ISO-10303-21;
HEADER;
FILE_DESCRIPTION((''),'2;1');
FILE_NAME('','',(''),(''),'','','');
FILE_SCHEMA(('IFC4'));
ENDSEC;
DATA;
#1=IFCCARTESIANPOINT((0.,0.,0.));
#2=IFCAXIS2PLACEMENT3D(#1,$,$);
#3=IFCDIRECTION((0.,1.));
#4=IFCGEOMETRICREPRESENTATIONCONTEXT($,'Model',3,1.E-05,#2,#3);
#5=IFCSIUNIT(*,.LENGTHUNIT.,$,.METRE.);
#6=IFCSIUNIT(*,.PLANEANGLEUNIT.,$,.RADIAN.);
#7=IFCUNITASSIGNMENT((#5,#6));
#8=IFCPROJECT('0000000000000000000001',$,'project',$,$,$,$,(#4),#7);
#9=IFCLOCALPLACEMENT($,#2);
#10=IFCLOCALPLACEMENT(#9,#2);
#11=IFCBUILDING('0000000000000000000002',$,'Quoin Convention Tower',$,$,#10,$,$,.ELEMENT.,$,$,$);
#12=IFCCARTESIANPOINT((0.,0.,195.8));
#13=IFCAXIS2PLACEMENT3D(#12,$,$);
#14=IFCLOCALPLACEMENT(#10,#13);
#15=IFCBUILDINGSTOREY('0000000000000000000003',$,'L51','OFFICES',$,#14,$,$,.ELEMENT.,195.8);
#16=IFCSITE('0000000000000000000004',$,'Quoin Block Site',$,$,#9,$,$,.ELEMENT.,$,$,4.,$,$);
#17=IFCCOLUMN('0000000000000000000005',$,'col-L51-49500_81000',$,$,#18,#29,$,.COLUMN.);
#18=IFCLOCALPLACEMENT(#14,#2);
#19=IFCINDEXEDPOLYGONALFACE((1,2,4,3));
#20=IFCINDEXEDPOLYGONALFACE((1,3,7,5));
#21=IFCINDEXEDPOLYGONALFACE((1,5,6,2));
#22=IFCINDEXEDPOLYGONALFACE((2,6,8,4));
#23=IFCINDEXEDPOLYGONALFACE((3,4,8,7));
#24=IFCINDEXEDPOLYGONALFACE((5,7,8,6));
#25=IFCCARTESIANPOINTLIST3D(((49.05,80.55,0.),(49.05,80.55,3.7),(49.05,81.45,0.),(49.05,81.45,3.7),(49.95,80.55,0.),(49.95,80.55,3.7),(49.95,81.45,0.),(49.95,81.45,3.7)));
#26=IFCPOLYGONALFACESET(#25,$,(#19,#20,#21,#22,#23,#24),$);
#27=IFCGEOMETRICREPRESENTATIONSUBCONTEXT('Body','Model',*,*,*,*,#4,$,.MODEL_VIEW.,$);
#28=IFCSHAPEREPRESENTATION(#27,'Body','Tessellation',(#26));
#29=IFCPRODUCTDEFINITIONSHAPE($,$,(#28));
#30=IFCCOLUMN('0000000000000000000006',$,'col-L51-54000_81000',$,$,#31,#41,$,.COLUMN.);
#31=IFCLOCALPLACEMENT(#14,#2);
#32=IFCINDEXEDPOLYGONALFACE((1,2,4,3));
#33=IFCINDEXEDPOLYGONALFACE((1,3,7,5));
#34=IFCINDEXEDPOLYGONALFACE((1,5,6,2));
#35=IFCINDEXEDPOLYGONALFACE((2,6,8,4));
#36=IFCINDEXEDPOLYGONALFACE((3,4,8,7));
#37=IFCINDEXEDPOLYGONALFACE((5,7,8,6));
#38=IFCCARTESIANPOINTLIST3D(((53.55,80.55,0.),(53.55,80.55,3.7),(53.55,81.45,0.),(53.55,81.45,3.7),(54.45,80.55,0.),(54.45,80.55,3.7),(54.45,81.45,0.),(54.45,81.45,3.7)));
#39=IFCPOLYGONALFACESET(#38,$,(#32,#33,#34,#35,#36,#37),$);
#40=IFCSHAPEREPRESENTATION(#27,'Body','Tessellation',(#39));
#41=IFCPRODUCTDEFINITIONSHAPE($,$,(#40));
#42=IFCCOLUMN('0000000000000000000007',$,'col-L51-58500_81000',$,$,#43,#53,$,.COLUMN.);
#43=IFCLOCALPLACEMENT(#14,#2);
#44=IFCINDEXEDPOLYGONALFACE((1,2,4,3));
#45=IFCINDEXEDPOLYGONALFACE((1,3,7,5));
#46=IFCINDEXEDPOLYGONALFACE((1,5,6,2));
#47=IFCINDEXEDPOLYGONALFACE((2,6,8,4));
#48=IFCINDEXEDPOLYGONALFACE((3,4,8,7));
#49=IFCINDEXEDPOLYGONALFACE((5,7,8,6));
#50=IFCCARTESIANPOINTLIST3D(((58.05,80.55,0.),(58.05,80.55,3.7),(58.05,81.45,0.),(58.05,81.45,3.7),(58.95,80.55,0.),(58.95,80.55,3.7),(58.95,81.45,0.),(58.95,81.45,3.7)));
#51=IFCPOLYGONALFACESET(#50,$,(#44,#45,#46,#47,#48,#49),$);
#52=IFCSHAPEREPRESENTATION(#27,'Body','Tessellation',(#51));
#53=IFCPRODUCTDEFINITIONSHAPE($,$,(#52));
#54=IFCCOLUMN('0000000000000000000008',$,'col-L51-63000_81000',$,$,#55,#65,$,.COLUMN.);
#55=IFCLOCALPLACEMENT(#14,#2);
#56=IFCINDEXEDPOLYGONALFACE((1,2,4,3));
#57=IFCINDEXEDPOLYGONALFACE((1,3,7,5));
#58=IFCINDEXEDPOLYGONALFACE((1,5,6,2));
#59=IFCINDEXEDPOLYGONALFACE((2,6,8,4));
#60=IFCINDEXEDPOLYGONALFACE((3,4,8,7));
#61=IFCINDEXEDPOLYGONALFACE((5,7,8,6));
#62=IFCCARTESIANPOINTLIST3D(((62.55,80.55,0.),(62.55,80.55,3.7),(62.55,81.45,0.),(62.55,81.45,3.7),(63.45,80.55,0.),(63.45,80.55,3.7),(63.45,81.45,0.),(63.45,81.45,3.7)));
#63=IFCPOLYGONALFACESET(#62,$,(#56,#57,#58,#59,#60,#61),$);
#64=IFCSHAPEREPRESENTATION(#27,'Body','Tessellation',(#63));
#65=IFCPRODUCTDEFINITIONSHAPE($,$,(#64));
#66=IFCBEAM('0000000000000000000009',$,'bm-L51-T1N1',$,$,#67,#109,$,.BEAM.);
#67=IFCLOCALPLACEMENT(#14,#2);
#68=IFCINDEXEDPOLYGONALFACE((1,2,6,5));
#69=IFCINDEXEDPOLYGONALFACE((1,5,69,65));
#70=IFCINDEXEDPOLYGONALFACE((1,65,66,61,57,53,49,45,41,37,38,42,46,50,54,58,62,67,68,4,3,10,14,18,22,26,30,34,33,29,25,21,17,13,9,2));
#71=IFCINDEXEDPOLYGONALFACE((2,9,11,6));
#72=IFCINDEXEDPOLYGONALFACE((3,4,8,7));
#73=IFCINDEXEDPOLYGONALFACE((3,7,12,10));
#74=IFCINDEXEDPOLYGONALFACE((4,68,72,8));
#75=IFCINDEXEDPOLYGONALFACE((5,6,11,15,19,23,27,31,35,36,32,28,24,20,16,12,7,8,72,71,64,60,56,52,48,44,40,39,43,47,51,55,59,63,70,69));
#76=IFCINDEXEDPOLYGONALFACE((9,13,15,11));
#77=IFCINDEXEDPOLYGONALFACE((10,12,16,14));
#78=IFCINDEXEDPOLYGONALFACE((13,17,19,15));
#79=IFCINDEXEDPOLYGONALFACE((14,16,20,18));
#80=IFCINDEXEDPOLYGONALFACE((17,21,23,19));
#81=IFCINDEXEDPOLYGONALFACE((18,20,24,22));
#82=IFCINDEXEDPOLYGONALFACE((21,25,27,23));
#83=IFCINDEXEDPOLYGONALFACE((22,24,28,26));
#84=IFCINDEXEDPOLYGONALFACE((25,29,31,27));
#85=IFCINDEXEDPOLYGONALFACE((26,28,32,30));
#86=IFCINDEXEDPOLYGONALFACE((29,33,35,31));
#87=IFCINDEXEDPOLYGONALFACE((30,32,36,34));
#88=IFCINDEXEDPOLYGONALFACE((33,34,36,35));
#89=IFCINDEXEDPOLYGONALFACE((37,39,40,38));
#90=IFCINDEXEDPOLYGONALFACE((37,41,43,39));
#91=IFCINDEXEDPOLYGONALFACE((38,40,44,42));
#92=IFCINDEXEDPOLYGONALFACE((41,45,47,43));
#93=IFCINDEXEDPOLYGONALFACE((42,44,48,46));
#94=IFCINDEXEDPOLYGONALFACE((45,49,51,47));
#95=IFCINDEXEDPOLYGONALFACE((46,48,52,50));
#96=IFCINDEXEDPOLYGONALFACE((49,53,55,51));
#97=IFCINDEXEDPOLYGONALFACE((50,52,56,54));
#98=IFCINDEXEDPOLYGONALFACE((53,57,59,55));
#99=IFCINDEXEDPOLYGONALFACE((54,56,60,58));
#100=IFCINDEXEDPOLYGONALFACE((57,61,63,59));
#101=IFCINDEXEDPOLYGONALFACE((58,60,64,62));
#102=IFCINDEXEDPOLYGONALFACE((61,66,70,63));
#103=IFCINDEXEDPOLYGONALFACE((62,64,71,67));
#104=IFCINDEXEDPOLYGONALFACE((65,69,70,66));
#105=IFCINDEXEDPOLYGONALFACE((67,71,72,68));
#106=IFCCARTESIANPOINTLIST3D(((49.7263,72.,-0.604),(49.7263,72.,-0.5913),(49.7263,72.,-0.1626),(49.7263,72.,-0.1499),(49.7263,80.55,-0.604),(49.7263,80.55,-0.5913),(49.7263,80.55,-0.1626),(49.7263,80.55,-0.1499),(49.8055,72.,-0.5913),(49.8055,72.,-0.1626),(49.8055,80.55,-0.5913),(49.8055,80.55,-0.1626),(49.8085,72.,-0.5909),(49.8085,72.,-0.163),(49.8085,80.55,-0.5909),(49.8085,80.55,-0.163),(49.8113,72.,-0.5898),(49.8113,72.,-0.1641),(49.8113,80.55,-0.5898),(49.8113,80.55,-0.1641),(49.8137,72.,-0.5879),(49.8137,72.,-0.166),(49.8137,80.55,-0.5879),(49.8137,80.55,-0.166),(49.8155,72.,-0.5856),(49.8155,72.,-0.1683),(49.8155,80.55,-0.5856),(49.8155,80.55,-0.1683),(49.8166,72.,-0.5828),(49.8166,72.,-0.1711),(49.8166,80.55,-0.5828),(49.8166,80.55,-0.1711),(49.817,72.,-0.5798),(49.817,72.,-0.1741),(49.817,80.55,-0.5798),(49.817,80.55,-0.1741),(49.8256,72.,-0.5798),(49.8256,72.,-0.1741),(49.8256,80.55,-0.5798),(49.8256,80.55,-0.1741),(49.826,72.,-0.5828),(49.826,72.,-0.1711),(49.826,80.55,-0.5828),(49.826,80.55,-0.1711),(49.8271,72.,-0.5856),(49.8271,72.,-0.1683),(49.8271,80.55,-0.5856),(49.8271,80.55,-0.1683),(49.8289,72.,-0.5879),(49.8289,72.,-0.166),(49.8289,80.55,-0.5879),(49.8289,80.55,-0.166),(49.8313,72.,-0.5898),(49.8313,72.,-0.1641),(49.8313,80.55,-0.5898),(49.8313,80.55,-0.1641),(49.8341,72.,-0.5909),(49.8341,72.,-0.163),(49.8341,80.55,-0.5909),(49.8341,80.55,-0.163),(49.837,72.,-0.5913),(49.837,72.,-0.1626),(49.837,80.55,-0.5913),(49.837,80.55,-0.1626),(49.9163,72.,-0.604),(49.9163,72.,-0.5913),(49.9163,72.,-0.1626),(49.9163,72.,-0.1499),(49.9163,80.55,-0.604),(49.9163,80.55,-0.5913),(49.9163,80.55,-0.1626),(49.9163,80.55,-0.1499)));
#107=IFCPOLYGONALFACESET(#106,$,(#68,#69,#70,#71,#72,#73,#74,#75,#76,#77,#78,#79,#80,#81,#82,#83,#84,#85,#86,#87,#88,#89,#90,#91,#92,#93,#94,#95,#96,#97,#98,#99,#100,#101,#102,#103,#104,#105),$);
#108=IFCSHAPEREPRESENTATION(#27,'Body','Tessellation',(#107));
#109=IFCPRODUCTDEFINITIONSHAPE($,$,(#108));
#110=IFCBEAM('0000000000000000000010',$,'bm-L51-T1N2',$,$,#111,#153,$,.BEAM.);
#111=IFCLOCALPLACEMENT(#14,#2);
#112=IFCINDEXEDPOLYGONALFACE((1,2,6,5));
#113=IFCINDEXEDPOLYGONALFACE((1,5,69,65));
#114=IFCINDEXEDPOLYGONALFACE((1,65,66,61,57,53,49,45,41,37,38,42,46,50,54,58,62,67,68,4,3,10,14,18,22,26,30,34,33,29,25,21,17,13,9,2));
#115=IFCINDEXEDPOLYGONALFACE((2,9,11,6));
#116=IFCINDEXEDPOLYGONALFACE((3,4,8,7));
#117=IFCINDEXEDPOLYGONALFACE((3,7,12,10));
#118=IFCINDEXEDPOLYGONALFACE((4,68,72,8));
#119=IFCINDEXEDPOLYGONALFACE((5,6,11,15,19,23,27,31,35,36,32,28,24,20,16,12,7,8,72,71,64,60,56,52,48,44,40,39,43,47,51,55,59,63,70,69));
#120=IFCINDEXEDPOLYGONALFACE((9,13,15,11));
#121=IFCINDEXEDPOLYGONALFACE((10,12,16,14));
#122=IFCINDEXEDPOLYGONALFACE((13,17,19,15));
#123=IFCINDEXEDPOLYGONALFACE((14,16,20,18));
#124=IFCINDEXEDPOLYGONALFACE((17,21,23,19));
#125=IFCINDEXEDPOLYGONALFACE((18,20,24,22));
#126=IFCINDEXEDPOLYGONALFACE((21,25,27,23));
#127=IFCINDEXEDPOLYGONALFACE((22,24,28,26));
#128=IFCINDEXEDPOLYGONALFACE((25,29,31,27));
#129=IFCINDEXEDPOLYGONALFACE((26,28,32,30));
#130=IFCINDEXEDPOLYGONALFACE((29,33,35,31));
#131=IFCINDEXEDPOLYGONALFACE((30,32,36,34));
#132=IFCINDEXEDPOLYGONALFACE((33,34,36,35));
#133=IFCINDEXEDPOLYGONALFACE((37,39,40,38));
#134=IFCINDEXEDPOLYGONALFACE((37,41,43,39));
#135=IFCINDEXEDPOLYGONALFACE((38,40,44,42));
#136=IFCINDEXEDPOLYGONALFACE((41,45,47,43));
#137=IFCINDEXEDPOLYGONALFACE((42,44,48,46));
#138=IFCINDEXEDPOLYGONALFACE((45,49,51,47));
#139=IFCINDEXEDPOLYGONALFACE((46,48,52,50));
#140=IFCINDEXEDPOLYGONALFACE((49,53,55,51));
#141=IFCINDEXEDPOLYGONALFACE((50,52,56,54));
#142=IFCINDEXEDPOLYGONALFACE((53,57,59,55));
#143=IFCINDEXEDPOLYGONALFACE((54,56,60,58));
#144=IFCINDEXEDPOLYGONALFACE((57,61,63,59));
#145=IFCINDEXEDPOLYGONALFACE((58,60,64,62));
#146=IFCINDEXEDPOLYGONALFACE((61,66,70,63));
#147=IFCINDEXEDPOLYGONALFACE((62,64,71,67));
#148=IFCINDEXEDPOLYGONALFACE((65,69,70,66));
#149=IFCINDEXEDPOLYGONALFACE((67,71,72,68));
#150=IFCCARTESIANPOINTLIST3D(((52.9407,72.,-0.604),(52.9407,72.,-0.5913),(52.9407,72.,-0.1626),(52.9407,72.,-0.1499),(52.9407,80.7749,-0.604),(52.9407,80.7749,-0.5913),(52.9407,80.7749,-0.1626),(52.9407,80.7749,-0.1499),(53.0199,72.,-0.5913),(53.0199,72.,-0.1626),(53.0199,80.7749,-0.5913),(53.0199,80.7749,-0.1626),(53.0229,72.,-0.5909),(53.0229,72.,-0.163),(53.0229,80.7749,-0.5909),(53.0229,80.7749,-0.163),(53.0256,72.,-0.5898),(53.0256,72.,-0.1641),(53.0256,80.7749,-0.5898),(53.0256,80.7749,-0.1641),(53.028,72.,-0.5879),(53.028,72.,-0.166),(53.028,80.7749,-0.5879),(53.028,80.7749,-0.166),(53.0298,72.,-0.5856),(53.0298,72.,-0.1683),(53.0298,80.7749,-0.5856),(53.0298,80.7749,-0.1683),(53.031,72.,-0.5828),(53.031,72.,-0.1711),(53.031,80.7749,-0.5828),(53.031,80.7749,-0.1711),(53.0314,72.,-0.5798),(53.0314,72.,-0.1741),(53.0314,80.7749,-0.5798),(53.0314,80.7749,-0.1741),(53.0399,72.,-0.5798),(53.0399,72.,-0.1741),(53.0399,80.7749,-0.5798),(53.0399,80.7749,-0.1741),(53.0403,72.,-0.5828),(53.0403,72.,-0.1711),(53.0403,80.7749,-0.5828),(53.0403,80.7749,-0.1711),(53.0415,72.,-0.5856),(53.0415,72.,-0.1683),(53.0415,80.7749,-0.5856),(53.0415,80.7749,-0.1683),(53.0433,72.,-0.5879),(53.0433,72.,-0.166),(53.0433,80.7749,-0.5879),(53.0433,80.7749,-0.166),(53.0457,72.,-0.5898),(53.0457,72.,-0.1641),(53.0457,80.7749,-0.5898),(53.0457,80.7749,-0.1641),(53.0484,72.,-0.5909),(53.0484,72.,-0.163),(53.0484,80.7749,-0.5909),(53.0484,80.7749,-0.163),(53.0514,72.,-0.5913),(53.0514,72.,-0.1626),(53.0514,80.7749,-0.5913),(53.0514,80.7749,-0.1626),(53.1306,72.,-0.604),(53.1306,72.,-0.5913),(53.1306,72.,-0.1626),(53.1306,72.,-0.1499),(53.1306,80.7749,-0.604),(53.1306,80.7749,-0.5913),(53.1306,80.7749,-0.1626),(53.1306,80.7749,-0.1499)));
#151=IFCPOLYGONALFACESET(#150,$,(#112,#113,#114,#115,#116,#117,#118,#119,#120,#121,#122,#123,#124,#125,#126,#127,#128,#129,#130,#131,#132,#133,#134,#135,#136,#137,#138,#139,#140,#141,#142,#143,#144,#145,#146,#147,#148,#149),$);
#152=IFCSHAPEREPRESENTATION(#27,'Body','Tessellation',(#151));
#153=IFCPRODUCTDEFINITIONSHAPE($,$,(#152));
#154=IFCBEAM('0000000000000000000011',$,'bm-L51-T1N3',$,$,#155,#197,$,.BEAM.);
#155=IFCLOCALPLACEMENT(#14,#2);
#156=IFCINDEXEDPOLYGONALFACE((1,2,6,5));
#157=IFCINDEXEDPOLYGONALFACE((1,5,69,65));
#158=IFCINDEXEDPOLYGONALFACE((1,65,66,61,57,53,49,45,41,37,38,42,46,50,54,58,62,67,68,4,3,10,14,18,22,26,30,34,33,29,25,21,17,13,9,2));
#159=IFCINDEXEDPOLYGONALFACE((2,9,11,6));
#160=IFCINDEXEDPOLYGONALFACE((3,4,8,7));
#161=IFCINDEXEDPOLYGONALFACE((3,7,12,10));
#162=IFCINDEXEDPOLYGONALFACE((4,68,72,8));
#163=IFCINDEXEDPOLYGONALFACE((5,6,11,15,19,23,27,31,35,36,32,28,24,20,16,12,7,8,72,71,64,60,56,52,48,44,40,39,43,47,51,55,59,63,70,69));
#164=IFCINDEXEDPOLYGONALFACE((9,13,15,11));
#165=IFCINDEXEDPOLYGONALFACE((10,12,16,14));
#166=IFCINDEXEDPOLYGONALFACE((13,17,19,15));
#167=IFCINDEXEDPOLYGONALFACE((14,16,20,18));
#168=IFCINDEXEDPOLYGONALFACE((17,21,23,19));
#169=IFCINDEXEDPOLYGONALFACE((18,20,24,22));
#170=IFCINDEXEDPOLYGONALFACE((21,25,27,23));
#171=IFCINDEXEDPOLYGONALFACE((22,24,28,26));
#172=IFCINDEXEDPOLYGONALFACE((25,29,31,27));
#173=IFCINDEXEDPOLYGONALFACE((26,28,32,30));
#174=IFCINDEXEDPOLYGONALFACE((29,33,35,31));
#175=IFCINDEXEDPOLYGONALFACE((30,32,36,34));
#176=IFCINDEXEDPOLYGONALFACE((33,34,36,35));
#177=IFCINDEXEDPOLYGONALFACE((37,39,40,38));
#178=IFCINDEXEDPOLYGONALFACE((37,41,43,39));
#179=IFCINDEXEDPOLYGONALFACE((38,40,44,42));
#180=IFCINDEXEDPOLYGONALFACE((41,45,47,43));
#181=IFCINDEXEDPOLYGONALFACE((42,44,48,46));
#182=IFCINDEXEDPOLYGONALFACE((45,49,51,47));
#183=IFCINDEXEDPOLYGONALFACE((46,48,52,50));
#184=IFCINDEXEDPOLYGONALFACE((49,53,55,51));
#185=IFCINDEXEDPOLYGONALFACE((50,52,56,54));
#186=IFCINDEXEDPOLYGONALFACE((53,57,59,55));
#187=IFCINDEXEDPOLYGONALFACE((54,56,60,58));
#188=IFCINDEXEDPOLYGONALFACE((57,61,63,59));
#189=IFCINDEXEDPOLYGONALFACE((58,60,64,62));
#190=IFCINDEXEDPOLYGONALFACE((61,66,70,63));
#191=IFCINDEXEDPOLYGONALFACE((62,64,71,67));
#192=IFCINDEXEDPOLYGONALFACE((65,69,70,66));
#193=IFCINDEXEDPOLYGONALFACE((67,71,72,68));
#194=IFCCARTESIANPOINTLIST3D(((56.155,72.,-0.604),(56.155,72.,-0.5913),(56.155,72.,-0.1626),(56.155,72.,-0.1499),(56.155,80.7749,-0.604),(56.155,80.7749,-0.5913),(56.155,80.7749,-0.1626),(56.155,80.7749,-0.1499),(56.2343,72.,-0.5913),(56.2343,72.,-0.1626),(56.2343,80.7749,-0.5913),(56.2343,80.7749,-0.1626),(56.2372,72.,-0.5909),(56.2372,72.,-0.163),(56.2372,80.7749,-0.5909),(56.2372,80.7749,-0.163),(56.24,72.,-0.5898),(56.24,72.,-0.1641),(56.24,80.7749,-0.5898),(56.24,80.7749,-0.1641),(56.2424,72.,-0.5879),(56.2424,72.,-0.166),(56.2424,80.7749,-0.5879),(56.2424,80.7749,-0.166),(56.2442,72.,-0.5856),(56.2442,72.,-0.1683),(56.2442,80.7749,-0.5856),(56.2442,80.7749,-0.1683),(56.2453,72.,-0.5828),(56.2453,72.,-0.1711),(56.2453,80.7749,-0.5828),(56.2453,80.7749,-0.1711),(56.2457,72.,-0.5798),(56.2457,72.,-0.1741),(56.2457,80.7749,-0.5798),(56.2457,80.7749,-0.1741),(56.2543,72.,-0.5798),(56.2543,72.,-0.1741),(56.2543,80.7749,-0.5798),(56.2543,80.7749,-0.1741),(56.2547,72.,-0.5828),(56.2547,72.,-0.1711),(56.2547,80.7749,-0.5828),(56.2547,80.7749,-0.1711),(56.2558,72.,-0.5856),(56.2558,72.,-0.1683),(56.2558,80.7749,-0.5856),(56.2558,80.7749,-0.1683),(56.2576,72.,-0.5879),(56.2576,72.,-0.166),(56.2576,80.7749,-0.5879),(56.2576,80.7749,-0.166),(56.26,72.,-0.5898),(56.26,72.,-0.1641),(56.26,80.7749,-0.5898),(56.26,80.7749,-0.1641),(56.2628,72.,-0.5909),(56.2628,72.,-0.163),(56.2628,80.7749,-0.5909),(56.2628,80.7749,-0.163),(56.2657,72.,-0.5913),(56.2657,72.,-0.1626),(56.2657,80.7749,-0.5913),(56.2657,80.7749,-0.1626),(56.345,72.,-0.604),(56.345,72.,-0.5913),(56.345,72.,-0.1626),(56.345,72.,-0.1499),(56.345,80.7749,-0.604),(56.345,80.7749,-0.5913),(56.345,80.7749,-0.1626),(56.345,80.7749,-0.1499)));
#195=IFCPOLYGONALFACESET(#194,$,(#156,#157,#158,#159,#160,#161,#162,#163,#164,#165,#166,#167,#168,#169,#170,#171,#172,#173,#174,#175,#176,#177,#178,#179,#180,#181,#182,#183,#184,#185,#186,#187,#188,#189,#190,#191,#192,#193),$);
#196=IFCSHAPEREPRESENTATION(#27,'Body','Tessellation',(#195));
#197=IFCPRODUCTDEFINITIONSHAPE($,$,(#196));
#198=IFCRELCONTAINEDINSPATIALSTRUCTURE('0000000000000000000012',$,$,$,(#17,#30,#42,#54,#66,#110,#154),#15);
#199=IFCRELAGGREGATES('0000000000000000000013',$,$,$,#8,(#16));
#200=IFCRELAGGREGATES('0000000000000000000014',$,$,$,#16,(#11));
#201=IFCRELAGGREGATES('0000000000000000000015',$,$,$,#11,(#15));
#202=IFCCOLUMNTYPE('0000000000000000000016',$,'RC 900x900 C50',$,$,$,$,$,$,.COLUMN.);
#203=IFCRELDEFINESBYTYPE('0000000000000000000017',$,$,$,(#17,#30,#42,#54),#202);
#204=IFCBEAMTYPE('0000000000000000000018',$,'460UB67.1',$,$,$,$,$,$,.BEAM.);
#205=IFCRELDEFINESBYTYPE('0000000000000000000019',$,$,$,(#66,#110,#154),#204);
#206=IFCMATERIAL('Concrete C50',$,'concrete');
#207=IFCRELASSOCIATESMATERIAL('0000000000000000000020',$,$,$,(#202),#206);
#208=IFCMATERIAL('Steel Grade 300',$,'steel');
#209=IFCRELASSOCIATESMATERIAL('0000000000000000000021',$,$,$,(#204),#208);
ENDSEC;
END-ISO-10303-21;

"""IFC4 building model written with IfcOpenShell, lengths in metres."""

from ifc_helpers import new_model, si_unit, direction, frame, origin, origin_2d, place, context, subcontext, project, spatial, rectangle, i_section, extrude, material, material_profile, profile_set, type_object, element, save


model = new_model("IFC4")

# Units and contexts
model_context = context("Model", 3, precision=1e-05, world=origin(), true_north=direction((0.0, 1.0)))
body_context = subcontext(model_context, "Body", "Model", "MODEL_VIEW")
ifc_project = project(units=[si_unit("LENGTHUNIT", "METRE"), si_unit("PLANEANGLEUNIT", "RADIAN")], contexts=[model_context])

# Site, building, storey
site_placement = place(None, origin())
site = spatial("IfcSite", under=ifc_project, at=site_placement, Name="Quoin Block Site", CompositionType="ELEMENT", RefElevation=4.0)
building_placement = place(site_placement, origin())
building = spatial("IfcBuilding", under=site, at=building_placement, Name="Quoin Convention Tower", CompositionType="ELEMENT")
storey_placement = place(building_placement, frame((0.0, 0.0, 195.8)))
storey = spatial("IfcBuildingStorey", under=building, at=storey_placement, Name="L51", Description="OFFICES", CompositionType="ELEMENT", Elevation=195.8)

# Columns
ifc_material_1 = material(Name="Concrete C50", Category="concrete")
ifc_material_profile_1 = material_profile(ifc_material_1, rectangle(XDim=0.8999, YDim=0.8999, at=origin_2d()), Name="RC 900x900")
ifc_profile_set_1 = profile_set([ifc_material_profile_1], Name="Concrete C50")
column_type = type_object("IfcColumnType", Name="RC 900x900 C50", PredefinedType="COLUMN", material=ifc_profile_set_1)
for number, where, z_axis, x_axis, name in (
    (1, (49.5, 81.0, 0.0), (0.0, 0.0, 1.0), (1.0, 0.0, 0.0), "col-L51-49500_81000"),
    (2, (54.0, 81.0, 0.0), (0.0, 0.0, 1.0), (1.0, 0.0, 0.0), "col-L51-54000_81000"),
    (3, (58.5, 81.0, 0.0), (0.0, 0.0, 1.0), (1.0, 0.0, 0.0), "col-L51-58500_81000"),
    (4, (63.0, 81.0, 0.0), (0.0, 0.0, 1.0), (1.0, 0.0, 0.0), "col-L51-63000_81000"),
):
    element("IfcColumn", number, at=place(storey_placement, frame(where, z_axis=z_axis, x_axis=x_axis)), inside=storey, type_object=column_type, Name=name, PredefinedType="COLUMN", context=body_context, shape_type="SweptSolid", body=[
        extrude(rectangle(XDim=0.8999, YDim=0.8999, at=origin_2d()), origin(), (0.0, 0.0, 1.0), 3.7),
    ])

# Beams
ifc_material_2 = material(Name="Steel Grade 300", Category="steel")
ifc_material_profile_2 = material_profile(ifc_material_2, i_section(OverallWidth=0.1899, OverallDepth=0.4541, WebThickness=0.0085, FlangeThickness=0.0127, FilletRadius=0.0115, at=origin_2d()), Name="460UB67.1")
ifc_profile_set_2 = profile_set([ifc_material_profile_2], Name="Steel Grade 300")
beam_type_1 = type_object("IfcBeamType", Name="460UB67.1", PredefinedType="BEAM", material=ifc_profile_set_2)
beam_1_placement = place(storey_placement, frame((49.8213, 72.0, -0.377), z_axis=(0.0, 1.0, 0.0), x_axis=(-1.0, 0.0, 0.0)))
element("IfcBeam", 5, at=beam_1_placement, inside=storey, type_object=beam_type_1, Name="bm-L51-T1N1", PredefinedType="BEAM", context=body_context, shape_type="SweptSolid", body=[
    extrude(i_section(OverallWidth=0.1899, OverallDepth=0.4541, WebThickness=0.0085, FlangeThickness=0.0127, FilletRadius=0.0115, at=origin_2d()), origin(), (0.0, 0.0, 1.0), 8.55),
])
for number, where, z_axis, x_axis, name in (
    (6, (53.0356, 72.0, -0.377), (0.0, 1.0, 0.0), (-1.0, 0.0, 0.0), "bm-L51-T1N2"),
    (7, (56.25, 72.0, -0.377), (0.0, 1.0, 0.0), (-1.0, 0.0, 0.0), "bm-L51-T1N3"),
):
    element("IfcBeam", number, at=place(storey_placement, frame(where, z_axis=z_axis, x_axis=x_axis)), inside=storey, type_object=beam_type_1, Name=name, PredefinedType="BEAM", context=body_context, shape_type="SweptSolid", body=[
        extrude(i_section(OverallWidth=0.1899, OverallDepth=0.4541, WebThickness=0.0085, FlangeThickness=0.0127, FilletRadius=0.0115, at=origin_2d()), origin(), (0.0, 0.0, 1.0), 8.7749),
    ])

save(model, "model.ifc")
